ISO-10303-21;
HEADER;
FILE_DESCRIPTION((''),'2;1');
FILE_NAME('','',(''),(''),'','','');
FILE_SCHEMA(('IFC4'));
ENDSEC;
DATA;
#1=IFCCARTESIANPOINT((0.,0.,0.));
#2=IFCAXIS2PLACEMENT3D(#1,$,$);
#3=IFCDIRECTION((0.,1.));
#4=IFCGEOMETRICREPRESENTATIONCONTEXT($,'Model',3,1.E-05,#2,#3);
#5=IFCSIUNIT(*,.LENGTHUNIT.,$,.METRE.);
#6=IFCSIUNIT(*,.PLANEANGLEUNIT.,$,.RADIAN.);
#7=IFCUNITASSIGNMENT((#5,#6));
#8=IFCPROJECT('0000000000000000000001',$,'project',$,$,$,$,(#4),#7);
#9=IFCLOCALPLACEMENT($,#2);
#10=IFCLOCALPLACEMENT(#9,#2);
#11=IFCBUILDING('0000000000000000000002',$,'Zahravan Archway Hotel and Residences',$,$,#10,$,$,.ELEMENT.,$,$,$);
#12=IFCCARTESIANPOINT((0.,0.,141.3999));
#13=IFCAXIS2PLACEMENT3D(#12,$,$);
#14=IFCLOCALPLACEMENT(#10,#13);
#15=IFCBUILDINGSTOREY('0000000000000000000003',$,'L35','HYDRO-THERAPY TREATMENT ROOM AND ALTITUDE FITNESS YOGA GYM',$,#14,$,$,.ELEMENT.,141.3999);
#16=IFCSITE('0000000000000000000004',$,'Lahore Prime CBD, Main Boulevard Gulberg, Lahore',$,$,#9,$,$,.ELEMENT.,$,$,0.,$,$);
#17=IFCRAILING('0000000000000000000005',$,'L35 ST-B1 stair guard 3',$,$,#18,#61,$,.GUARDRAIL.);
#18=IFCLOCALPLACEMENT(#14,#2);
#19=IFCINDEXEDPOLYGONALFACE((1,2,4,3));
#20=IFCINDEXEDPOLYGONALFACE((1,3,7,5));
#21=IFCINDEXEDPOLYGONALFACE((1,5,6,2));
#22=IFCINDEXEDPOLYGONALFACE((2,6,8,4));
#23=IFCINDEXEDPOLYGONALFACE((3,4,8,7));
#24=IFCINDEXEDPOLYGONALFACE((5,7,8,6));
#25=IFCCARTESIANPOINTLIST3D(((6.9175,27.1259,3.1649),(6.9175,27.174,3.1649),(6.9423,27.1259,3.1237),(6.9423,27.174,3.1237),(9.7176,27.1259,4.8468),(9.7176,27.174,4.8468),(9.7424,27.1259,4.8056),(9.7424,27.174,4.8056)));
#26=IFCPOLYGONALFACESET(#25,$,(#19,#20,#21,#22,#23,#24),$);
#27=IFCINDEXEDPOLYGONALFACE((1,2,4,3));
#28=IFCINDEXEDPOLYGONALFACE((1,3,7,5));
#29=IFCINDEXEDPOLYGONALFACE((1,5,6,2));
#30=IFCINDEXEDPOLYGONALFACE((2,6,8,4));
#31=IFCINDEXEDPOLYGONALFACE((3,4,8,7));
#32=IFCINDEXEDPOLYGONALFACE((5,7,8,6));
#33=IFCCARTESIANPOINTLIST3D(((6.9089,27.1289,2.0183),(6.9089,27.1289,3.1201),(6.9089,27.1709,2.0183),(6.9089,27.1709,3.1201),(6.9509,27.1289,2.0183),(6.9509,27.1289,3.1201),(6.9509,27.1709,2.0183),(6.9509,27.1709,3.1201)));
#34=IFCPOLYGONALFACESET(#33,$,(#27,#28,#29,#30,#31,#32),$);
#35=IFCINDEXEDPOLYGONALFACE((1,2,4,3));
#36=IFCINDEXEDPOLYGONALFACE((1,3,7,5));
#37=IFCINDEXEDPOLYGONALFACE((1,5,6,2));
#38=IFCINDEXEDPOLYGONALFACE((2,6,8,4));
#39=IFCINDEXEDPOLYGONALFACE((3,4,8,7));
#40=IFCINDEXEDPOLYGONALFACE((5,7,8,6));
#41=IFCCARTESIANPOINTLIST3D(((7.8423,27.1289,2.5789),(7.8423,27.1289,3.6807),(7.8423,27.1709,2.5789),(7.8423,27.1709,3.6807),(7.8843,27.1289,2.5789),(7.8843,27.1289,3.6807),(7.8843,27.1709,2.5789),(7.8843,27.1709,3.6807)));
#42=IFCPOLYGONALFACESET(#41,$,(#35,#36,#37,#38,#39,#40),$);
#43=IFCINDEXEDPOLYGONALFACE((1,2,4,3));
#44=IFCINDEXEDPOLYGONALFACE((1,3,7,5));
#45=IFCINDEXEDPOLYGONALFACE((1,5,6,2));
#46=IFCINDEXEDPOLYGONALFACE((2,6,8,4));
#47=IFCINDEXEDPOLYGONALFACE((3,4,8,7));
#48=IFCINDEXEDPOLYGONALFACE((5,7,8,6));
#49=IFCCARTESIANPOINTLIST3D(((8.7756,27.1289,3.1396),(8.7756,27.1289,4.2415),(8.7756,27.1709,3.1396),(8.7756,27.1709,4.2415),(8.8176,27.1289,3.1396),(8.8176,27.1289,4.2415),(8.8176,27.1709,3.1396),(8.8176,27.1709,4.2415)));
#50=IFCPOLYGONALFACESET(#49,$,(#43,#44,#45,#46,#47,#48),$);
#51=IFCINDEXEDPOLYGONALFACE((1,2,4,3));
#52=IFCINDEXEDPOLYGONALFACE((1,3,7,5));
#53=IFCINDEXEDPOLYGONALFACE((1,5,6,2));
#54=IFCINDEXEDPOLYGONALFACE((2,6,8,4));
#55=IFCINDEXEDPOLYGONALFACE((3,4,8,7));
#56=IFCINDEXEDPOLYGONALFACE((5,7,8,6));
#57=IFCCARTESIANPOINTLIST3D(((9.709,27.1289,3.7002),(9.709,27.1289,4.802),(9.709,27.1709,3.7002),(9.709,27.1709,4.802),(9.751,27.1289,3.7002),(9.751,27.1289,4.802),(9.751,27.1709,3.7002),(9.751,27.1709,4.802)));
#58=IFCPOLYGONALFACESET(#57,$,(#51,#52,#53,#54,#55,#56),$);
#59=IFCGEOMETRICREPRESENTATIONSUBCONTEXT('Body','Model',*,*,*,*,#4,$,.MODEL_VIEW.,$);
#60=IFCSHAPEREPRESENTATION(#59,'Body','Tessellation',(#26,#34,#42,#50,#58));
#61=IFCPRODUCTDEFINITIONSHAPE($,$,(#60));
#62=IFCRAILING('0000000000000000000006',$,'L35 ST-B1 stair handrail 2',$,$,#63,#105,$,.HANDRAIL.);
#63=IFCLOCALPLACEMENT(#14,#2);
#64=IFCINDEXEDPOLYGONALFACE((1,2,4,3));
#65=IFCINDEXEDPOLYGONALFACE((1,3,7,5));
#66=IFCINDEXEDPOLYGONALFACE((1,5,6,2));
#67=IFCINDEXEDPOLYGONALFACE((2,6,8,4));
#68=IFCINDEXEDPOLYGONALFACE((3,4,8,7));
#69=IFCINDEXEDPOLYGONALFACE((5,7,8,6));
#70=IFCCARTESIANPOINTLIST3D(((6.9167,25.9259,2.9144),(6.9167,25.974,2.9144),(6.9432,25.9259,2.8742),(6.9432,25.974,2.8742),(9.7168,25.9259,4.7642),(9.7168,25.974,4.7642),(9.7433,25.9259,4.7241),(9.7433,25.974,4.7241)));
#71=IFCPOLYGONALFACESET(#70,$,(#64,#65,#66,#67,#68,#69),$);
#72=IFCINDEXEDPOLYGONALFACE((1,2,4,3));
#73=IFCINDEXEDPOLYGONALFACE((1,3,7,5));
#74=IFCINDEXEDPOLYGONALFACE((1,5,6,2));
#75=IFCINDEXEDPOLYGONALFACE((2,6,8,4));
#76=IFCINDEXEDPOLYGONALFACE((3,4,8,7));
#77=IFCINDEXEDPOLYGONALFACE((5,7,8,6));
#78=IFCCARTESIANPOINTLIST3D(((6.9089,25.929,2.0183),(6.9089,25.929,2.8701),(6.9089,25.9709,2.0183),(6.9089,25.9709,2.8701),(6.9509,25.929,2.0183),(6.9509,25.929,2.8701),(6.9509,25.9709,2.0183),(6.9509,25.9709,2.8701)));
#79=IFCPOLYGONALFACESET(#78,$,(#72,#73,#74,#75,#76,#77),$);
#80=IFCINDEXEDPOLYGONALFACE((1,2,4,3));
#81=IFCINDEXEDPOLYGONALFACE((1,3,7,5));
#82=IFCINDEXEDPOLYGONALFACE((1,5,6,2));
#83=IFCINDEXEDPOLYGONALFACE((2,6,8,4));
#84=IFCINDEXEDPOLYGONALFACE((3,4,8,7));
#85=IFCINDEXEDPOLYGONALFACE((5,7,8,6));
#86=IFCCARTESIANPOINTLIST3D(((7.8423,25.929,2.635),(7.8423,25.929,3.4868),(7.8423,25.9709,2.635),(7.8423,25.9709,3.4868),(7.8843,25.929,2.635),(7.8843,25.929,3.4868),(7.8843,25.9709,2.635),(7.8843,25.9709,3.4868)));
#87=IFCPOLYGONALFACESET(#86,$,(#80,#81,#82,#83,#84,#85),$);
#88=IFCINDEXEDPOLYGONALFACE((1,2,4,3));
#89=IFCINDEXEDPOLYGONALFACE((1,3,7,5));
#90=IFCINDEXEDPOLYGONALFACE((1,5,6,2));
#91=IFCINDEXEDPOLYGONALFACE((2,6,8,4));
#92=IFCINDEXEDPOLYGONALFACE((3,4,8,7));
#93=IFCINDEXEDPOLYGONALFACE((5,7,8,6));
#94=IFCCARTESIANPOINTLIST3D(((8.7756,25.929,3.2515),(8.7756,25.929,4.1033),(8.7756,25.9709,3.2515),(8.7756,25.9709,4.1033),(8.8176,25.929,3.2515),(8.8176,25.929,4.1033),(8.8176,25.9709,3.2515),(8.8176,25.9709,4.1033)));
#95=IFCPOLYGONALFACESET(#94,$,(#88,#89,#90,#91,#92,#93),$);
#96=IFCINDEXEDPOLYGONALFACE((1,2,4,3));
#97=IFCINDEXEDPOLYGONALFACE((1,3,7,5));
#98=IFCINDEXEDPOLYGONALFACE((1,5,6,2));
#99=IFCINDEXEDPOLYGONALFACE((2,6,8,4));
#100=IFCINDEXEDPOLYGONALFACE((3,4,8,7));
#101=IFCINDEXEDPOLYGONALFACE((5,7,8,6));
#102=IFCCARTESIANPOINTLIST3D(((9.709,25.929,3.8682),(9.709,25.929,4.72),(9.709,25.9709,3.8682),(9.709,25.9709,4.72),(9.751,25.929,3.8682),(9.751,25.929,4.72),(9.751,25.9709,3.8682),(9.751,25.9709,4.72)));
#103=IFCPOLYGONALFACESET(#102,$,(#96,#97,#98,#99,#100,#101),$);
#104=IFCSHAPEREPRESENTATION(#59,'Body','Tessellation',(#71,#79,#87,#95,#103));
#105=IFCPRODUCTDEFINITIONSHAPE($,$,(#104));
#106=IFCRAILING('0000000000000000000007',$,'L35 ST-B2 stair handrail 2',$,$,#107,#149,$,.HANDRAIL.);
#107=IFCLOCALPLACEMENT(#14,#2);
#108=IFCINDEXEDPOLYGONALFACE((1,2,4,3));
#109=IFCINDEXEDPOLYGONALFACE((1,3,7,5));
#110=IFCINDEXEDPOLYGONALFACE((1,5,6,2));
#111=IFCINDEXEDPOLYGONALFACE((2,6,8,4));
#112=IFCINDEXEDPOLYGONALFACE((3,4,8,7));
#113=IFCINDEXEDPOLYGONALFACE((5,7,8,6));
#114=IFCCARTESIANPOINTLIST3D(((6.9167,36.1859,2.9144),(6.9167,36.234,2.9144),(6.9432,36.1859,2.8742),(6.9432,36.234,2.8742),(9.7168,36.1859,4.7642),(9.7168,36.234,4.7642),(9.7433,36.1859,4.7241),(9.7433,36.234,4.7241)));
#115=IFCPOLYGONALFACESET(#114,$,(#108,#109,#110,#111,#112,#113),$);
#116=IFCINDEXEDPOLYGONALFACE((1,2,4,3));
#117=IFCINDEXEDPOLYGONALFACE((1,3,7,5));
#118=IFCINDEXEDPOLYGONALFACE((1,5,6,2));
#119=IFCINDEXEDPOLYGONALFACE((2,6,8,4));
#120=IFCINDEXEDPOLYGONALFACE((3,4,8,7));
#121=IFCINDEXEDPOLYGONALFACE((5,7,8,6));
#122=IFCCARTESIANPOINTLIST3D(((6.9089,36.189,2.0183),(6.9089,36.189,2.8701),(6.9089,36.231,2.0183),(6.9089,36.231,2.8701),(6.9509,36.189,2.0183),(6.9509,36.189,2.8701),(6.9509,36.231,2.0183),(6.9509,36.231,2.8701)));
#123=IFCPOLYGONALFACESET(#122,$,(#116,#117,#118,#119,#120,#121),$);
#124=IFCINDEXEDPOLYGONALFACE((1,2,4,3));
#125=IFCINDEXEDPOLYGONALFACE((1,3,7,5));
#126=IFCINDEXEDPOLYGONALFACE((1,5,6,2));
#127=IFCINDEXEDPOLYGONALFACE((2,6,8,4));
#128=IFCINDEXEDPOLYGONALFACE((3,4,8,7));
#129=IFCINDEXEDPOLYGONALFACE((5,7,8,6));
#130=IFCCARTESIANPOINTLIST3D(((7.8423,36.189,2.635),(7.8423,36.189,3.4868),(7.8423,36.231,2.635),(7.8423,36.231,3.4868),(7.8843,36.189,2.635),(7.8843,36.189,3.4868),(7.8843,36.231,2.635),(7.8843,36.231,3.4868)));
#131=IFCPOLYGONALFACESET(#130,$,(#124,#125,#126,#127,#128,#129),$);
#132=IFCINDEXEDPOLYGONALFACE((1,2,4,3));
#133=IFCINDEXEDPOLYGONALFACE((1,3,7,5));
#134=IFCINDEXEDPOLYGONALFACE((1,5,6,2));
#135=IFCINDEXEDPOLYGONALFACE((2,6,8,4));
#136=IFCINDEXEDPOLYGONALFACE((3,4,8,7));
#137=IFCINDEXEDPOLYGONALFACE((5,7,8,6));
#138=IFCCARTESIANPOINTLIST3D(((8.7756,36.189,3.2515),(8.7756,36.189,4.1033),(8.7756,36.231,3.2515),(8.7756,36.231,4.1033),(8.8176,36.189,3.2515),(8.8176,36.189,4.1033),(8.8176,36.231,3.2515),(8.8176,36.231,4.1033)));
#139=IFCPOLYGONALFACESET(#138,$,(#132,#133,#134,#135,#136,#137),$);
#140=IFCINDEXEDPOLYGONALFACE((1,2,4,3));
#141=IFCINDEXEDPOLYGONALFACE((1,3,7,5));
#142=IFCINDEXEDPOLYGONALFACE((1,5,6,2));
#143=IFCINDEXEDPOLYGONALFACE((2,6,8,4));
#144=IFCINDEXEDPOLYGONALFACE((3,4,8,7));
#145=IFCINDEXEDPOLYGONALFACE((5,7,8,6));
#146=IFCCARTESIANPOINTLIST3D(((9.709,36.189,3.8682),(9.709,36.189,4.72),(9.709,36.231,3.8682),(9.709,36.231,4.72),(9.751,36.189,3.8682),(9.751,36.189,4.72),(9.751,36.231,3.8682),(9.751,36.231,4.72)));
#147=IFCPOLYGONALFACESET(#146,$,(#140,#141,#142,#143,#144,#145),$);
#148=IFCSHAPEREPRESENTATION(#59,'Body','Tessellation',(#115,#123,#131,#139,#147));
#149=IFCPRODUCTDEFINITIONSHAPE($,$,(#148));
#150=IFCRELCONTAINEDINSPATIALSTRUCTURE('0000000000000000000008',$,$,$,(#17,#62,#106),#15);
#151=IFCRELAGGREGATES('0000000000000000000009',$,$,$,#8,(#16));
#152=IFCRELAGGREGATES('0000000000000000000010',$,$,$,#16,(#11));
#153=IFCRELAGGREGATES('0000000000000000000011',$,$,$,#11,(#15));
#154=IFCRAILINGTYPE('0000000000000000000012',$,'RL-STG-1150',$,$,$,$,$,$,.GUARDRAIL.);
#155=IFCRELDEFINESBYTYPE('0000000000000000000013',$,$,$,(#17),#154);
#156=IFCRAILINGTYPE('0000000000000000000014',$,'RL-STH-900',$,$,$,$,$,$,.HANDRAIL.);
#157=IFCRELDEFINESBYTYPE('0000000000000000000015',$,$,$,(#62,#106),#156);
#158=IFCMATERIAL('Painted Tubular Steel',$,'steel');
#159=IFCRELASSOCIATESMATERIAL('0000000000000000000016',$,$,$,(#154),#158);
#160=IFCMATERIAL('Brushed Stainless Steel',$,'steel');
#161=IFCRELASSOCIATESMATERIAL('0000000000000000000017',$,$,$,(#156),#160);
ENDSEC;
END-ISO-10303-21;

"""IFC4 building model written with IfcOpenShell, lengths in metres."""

from ifc_helpers import new_model, si_unit, direction, frame, origin, origin_2d, place, context, subcontext, project, spatial, rectangle, extrude, material, type_object, element, save


model = new_model("IFC4")

# Units and contexts
model_context = context("Model", 3, precision=1e-05, world=origin(), true_north=direction((0.0, 1.0)))
body_context = subcontext(model_context, "Body", "Model", "MODEL_VIEW")
ifc_project = project(units=[si_unit("LENGTHUNIT", "METRE"), si_unit("PLANEANGLEUNIT", "RADIAN")], contexts=[model_context])

# Site, building, storey
site_placement = place(None, origin())
site = spatial("IfcSite", under=ifc_project, at=site_placement, Name="Lahore Prime CBD, Main Boulevard Gulberg, Lahore", CompositionType="ELEMENT", RefElevation=0.0)
building_placement = place(site_placement, origin())
building = spatial("IfcBuilding", under=site, at=building_placement, Name="Zahravan Archway Hotel and Residences", CompositionType="ELEMENT")
storey_placement = place(building_placement, frame((0.0, 0.0, 141.3999)))
storey = spatial("IfcBuildingStorey", under=building, at=storey_placement, Name="L35", Description="HYDRO-THERAPY TREATMENT ROOM AND ALTITUDE FITNESS YOGA GYM", CompositionType="ELEMENT", Elevation=141.3999)

# Shared definitions
ifc_material_1 = material(Name="Brushed Stainless Steel", Category="steel")

# Railings
ifc_material_2 = material(Name="Painted Tubular Steel", Category="steel")
railing_type_1 = type_object("IfcRailingType", Name="RL-STG-1150", PredefinedType="GUARDRAIL", material=ifc_material_2)
railing_1_placement = place(storey_placement, frame((6.9299, 27.1499, 2.0183)))
element("IfcRailing", 1, at=railing_1_placement, inside=storey, type_object=railing_type_1, Name="L35 ST-B1 stair guard 3", PredefinedType="GUARDRAIL", context=body_context, shape_type="SweptSolid", body=[
    extrude(rectangle(XDim=0.0481, YDim=0.0481, at=origin_2d()), frame((0.0, 0.0, 1.126), z_axis=(0.857242, 0.0, 0.514913), x_axis=(0.0, 1.0, 0.0)), (0.0, 0.0, 1.0), 3.2664),
    extrude(rectangle(XDim=0.042, YDim=0.042, at=origin_2d()), origin(), (0.0, 0.0, 1.0), 1.1018),
    extrude(rectangle(XDim=0.042, YDim=0.042, at=origin_2d()), frame((0.9333, 0.0, 0.5605)), (0.0, 0.0, 1.0), 1.1018),
    extrude(rectangle(XDim=0.042, YDim=0.042, at=origin_2d()), frame((1.8667, 0.0, 1.1213)), (0.0, 0.0, 1.0), 1.1018),
    extrude(rectangle(XDim=0.042, YDim=0.042, at=origin_2d()), frame((2.8, 0.0, 1.6819)), (0.0, 0.0, 1.0), 1.1018),
])
railing_type_2 = type_object("IfcRailingType", Name="RL-STH-900", PredefinedType="HANDRAIL", material=ifc_material_1)
for number, where, name in (
    (2, (6.9299, 25.95, 2.0183), "L35 ST-B1 stair handrail 2"),
    (3, (6.9299, 36.21, 2.0183), "L35 ST-B2 stair handrail 2"),
):
    element("IfcRailing", number, at=place(storey_placement, frame(where)), inside=storey, type_object=railing_type_2, Name=name, PredefinedType="HANDRAIL", context=body_context, shape_type="SweptSolid", body=[
        extrude(rectangle(XDim=0.0481, YDim=0.0481, at=origin_2d()), frame((0.0, 0.0, 0.876), z_axis=(0.83436, 0.0, 0.55122), x_axis=(0.0, 1.0, 0.0)), (0.0, 0.0, 1.0), 3.356),
        extrude(rectangle(XDim=0.042, YDim=0.042, at=origin_2d()), origin(), (0.0, 0.0, 1.0), 0.8518),
        extrude(rectangle(XDim=0.042, YDim=0.042, at=origin_2d()), frame((0.9333, 0.0, 0.6167)), (0.0, 0.0, 1.0), 0.8518),
        extrude(rectangle(XDim=0.042, YDim=0.042, at=origin_2d()), frame((1.8667, 0.0, 1.2332)), (0.0, 0.0, 1.0), 0.8518),
        extrude(rectangle(XDim=0.042, YDim=0.042, at=origin_2d()), frame((2.8, 0.0, 1.8499)), (0.0, 0.0, 1.0), 0.8518),
    ])

save(model, "model.ifc")
